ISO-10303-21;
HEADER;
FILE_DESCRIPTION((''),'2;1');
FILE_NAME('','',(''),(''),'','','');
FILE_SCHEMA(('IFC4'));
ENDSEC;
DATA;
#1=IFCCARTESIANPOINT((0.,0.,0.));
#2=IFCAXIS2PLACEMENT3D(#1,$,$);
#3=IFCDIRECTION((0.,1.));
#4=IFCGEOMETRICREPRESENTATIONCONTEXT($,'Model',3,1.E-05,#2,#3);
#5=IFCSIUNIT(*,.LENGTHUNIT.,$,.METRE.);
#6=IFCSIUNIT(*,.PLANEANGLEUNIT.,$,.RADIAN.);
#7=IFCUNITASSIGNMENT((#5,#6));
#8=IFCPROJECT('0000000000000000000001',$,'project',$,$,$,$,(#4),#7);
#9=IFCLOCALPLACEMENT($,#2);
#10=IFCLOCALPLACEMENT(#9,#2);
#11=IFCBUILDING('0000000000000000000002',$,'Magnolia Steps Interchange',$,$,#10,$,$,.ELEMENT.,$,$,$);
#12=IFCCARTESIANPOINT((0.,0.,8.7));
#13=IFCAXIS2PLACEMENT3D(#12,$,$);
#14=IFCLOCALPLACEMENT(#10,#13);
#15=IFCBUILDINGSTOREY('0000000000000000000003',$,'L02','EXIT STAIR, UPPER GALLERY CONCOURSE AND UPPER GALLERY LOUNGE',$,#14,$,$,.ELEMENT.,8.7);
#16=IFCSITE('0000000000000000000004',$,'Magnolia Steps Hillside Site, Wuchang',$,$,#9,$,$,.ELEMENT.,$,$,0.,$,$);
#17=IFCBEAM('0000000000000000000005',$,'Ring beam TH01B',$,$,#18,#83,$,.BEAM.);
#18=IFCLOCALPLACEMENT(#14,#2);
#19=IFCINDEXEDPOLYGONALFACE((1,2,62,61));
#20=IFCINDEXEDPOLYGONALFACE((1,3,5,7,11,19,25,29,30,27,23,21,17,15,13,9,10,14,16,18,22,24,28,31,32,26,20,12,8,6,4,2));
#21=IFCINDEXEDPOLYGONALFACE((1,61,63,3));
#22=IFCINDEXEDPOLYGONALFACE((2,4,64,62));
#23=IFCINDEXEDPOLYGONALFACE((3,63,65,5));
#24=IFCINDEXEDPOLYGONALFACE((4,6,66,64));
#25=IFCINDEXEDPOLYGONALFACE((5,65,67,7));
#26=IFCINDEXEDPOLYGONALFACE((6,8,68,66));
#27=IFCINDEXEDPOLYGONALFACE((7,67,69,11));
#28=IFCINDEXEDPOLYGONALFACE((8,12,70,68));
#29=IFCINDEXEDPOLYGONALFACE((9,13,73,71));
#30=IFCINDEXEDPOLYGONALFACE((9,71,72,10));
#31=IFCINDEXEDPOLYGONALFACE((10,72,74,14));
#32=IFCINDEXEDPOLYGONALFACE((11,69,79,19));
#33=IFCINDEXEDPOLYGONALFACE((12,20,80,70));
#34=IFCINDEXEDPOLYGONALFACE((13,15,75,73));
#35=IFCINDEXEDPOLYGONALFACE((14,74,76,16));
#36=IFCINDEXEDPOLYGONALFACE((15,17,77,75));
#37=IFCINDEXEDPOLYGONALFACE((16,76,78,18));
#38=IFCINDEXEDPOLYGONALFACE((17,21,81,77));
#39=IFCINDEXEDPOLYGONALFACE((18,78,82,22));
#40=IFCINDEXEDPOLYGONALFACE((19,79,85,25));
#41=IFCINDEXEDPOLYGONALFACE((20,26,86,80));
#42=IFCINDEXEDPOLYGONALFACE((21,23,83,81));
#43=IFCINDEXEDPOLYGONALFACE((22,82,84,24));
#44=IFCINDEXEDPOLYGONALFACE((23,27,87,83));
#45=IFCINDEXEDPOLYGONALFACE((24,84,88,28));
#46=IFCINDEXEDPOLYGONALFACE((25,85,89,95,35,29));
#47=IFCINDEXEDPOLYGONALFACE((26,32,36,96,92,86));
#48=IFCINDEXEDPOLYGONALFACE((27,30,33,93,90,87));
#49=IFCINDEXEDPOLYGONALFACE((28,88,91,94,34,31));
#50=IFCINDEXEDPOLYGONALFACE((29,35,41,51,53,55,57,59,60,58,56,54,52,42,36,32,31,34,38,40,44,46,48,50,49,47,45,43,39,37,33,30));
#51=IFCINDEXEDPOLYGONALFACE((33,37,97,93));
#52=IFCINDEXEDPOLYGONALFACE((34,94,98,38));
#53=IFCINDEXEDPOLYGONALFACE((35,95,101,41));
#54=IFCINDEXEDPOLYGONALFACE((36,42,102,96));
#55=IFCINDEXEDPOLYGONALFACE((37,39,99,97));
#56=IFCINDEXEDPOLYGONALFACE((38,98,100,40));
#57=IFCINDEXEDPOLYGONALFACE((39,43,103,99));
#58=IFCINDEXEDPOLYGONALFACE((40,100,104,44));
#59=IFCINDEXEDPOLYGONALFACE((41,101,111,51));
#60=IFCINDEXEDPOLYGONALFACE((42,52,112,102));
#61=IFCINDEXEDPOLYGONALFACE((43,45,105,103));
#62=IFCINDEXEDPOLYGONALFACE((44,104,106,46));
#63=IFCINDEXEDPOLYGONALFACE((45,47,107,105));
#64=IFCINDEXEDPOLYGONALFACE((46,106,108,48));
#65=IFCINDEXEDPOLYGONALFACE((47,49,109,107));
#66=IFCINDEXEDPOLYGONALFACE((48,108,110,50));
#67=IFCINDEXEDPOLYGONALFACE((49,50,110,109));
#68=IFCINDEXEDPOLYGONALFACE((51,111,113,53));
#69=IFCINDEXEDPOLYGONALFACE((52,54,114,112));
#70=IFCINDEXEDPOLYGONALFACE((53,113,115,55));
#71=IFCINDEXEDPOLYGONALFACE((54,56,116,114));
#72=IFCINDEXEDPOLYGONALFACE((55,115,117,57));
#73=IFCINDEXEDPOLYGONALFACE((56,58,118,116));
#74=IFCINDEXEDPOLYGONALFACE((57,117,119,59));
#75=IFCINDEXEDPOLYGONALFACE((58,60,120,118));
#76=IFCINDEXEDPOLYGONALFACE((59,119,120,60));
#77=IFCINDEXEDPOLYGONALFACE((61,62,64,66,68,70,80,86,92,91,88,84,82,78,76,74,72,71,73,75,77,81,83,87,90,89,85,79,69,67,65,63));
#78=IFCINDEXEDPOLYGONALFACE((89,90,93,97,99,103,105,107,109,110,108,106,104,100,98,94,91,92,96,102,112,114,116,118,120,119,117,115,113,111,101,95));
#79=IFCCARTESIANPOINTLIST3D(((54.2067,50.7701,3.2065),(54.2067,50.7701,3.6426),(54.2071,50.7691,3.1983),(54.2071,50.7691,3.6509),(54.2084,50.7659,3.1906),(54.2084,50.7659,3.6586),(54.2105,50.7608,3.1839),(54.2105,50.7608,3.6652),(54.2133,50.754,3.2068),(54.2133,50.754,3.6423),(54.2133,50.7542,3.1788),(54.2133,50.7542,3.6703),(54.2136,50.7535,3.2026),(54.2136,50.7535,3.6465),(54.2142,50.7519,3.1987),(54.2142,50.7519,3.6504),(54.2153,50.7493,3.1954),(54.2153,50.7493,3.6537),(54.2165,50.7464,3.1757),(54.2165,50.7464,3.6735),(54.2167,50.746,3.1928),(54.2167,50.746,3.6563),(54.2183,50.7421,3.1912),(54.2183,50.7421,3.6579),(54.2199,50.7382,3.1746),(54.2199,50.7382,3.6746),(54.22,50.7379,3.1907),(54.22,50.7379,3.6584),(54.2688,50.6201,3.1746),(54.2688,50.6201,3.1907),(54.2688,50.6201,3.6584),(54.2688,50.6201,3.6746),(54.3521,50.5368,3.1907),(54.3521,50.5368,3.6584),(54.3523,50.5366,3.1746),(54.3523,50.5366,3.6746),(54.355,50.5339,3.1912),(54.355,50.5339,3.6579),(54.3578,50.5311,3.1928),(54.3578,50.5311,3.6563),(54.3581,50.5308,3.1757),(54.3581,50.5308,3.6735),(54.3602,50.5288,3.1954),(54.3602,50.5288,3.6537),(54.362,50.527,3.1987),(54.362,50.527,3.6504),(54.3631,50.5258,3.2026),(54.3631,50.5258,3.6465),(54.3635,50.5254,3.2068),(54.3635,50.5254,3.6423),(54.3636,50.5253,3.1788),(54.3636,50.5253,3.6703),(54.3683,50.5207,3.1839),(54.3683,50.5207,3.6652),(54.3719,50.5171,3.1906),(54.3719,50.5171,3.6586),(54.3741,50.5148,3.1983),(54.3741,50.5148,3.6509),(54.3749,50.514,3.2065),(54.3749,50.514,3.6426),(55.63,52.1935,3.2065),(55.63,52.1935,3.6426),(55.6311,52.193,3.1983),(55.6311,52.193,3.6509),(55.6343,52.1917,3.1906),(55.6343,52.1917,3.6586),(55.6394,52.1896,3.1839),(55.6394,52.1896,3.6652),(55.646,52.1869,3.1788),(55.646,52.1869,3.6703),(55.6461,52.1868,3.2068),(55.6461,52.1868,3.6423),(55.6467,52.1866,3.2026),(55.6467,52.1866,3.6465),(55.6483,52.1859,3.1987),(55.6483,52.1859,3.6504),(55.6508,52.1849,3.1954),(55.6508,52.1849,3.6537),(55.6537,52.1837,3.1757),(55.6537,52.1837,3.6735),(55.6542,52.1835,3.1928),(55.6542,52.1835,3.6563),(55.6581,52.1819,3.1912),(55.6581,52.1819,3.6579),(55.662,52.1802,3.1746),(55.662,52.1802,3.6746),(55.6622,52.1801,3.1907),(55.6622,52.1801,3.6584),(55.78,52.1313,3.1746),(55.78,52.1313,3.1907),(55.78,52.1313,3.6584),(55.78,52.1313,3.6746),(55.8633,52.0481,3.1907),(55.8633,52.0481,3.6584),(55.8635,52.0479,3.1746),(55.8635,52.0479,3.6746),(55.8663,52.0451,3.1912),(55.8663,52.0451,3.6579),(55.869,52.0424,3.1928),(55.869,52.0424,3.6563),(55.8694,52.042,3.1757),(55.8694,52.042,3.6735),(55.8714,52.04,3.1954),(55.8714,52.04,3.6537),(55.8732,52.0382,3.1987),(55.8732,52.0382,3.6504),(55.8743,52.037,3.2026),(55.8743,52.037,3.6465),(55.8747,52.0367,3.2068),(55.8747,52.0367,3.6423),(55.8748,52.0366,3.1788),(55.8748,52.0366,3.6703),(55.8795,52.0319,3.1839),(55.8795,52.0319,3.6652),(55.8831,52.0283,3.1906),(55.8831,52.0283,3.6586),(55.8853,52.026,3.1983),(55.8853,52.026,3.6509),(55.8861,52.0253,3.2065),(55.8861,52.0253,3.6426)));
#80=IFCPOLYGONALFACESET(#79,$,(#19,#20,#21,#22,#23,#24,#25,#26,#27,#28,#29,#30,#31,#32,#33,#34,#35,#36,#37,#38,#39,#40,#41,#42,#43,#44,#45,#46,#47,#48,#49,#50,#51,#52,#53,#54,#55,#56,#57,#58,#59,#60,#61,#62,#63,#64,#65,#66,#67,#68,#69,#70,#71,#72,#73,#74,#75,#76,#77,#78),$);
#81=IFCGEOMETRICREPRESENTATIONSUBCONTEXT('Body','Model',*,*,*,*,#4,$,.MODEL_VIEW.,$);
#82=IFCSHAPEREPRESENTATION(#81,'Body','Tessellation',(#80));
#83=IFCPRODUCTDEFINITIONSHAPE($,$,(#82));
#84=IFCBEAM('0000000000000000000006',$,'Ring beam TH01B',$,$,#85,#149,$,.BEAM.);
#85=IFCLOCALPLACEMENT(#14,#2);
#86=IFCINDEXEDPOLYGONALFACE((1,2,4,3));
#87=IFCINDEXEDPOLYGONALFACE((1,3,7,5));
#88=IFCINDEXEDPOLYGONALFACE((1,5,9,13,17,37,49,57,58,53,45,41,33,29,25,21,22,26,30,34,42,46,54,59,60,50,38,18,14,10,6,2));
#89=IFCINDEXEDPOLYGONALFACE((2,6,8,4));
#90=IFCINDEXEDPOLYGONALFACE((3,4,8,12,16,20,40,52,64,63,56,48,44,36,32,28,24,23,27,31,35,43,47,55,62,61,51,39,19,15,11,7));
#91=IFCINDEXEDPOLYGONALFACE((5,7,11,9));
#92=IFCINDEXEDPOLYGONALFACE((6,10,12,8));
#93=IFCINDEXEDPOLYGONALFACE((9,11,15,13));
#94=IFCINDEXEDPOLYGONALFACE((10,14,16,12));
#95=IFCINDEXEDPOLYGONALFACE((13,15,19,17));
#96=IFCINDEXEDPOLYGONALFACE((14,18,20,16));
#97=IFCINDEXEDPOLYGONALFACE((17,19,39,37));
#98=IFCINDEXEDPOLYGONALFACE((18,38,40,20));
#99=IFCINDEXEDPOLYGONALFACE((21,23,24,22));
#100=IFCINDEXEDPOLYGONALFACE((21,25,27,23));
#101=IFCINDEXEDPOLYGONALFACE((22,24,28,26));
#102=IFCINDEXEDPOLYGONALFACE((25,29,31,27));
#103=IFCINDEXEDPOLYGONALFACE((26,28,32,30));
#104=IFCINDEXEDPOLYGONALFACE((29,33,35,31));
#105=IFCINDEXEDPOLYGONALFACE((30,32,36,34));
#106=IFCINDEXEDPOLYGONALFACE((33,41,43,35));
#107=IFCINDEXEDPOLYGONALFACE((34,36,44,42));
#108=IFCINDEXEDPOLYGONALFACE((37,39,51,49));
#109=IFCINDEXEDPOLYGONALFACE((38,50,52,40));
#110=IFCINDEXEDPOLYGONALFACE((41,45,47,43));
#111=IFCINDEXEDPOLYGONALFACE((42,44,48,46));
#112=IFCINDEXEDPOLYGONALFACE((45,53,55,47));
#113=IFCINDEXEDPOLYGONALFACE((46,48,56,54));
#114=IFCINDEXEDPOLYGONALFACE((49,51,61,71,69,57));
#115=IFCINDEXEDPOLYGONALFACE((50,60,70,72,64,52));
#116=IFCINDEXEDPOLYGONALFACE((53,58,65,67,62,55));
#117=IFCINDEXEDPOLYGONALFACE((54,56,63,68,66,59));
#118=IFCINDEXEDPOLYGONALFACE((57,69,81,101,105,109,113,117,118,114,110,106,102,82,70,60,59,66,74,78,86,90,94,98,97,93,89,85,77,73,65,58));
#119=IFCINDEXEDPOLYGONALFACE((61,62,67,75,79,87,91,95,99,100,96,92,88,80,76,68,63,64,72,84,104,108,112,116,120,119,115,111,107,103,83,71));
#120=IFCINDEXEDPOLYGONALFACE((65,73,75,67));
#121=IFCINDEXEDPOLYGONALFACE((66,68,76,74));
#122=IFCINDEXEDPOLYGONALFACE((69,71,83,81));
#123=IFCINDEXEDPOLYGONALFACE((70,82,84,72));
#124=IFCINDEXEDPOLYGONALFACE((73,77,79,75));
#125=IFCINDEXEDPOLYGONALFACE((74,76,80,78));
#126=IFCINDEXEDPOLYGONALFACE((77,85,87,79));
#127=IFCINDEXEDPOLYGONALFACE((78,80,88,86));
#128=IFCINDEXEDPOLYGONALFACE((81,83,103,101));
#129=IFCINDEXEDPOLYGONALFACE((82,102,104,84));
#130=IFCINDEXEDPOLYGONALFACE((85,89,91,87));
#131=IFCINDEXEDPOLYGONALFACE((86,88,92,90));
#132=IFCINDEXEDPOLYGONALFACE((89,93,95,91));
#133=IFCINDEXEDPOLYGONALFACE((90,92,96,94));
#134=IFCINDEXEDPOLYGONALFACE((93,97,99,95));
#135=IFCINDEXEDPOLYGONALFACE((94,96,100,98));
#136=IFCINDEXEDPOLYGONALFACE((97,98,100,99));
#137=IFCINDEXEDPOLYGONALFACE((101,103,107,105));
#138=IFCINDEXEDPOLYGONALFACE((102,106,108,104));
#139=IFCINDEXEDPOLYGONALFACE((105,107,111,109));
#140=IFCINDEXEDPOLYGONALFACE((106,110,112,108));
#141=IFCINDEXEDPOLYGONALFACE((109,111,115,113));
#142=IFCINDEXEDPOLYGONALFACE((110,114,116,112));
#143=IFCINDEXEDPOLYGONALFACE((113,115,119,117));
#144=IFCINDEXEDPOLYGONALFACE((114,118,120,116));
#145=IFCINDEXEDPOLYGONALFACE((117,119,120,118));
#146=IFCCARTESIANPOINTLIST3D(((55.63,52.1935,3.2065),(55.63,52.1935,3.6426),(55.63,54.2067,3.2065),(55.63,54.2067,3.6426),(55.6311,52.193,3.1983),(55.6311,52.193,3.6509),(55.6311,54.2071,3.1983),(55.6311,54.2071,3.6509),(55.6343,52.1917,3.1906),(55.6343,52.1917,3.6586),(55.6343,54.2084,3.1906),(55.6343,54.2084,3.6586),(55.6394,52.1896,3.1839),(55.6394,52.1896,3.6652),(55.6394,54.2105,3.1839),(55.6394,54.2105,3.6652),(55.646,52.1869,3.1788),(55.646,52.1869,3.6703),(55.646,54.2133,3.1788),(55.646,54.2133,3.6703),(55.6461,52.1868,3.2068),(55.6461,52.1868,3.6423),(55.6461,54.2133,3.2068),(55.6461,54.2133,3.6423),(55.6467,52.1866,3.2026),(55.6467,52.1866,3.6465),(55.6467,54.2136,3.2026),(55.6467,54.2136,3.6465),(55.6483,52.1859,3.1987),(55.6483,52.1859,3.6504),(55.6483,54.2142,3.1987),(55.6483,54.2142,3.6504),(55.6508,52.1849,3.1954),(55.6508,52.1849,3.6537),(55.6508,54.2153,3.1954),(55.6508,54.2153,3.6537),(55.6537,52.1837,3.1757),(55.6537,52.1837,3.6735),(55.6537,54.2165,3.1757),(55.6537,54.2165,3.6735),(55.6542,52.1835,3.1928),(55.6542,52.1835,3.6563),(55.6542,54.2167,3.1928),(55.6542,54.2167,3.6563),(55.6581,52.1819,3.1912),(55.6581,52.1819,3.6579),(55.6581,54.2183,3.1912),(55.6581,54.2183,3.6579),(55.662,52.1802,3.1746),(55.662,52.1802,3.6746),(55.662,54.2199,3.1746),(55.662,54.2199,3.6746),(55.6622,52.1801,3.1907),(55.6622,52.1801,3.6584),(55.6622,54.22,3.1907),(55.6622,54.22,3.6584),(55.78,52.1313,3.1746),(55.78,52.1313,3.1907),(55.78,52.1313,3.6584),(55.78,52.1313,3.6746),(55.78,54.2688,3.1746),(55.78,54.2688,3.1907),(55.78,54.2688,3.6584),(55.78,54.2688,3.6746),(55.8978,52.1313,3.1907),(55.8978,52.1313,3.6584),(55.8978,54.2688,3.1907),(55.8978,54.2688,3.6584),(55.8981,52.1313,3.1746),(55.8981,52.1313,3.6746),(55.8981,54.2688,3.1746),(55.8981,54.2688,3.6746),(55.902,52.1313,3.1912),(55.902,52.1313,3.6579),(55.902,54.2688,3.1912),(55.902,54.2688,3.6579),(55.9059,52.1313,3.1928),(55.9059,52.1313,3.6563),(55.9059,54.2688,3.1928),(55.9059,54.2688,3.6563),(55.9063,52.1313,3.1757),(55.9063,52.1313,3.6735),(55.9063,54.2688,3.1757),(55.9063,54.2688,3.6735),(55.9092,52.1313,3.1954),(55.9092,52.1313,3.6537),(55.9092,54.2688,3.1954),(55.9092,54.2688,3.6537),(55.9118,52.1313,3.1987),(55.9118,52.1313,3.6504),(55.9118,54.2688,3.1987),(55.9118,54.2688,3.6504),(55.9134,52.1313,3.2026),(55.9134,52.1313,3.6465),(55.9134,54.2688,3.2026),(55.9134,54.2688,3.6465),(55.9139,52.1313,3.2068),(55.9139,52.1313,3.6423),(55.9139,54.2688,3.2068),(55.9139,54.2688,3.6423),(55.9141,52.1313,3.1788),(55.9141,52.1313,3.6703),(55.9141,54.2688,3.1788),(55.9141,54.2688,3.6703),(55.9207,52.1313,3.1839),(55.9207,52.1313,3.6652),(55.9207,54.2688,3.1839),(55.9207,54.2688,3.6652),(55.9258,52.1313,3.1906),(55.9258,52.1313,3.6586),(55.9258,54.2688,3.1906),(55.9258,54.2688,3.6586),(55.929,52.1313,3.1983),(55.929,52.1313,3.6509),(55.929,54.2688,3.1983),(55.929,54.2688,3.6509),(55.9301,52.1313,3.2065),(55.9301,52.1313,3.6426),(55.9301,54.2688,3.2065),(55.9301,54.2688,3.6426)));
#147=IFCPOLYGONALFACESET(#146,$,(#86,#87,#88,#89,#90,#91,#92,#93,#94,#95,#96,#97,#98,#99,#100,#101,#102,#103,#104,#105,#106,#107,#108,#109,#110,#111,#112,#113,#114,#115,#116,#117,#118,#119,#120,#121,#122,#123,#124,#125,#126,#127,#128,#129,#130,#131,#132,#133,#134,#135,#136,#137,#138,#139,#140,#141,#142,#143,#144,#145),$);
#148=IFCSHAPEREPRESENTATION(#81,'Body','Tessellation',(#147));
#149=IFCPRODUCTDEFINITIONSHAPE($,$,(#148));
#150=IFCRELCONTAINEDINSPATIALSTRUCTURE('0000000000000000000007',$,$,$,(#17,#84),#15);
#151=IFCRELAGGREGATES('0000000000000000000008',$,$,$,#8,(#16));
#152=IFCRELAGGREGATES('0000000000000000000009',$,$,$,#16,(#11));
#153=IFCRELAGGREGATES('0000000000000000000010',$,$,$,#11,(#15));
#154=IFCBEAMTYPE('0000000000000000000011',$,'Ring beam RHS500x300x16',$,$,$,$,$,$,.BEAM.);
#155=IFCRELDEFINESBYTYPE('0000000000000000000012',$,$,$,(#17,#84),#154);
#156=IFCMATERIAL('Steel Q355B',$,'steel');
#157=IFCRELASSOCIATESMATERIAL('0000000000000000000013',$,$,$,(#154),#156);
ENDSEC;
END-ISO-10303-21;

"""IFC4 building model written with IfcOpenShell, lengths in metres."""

from ifc_helpers import new_model, si_unit, direction, frame, origin, origin_2d, place, context, subcontext, project, spatial, hollow_rectangle, extrude, clip, halfspace, material, material_profile, profile_set, type_object, element, save


model = new_model("IFC4")

# Units and contexts
model_context = context("Model", 3, precision=1e-05, world=origin(), true_north=direction((0.0, 1.0)))
body_context = subcontext(model_context, "Body", "Model", "MODEL_VIEW")
ifc_project = project(units=[si_unit("LENGTHUNIT", "METRE"), si_unit("PLANEANGLEUNIT", "RADIAN")], contexts=[model_context])

# Site, building, storey
site_placement = place(None, origin())
site = spatial("IfcSite", under=ifc_project, at=site_placement, Name="Magnolia Steps Hillside Site, Wuchang", CompositionType="ELEMENT", RefElevation=0.0)
building_placement = place(site_placement, origin())
building = spatial("IfcBuilding", under=site, at=building_placement, Name="Magnolia Steps Interchange", CompositionType="ELEMENT")
storey_placement = place(building_placement, frame((0.0, 0.0, 8.7)))
storey = spatial("IfcBuildingStorey", under=building, at=storey_placement, Name="L02", Description="EXIT STAIR, UPPER GALLERY CONCOURSE AND UPPER GALLERY LOUNGE", CompositionType="ELEMENT", Elevation=8.7)

# Beams
ifc_material_1 = material(Name="Steel Q355B", Category="steel")
ifc_material_profile_1 = material_profile(ifc_material_1, hollow_rectangle(XDim=0.3, YDim=0.5, WallThickness=0.0161, InnerFilletRadius=0.0161, OuterFilletRadius=0.032, at=origin_2d()), Name="RHS500x300x16")
ifc_profile_set_1 = profile_set([ifc_material_profile_1], Name="Steel Q355B")
beam_type = type_object("IfcBeamType", Name="Ring beam RHS500x300x16", PredefinedType="BEAM", material=ifc_profile_set_1)
beam_1_placement = place(storey_placement, frame((54.2688, 50.6201, 3.4246), z_axis=(0.707107, 0.707107, 0.0), x_axis=(-0.707107, 0.707107, 0.0)))
element("IfcBeam", 1, at=beam_1_placement, inside=storey, type_object=beam_type, Name="Ring beam TH01B", PredefinedType="BEAM", context=body_context, shape_type="Clipping", body=[
    clip(clip(extrude(hollow_rectangle(XDim=0.3, YDim=0.5, WallThickness=0.0161, InnerFilletRadius=0.0161, OuterFilletRadius=0.032, at=origin_2d()), origin(), (0.0, 0.0, 1.0), 2.1372), halfspace(frame((0.0, 0.0, 0.0), z_axis=(0.382683, 0.0, -0.92388), x_axis=(0.92388, 0.0, 0.382683)), False)), halfspace(frame((0.0, 0.0, 2.1372), z_axis=(0.382683, 0.0, 0.92388), x_axis=(0.92388, 0.0, -0.382683)), False)),
])
beam_2_placement = place(storey_placement, frame((55.78, 52.1313, 3.4246), z_axis=(0.0, 1.0, 0.0), x_axis=(-1.0, 0.0, 0.0)))
element("IfcBeam", 2, at=beam_2_placement, inside=storey, type_object=beam_type, Name="Ring beam TH01B", PredefinedType="BEAM", context=body_context, shape_type="Clipping", body=[
    clip(clip(extrude(hollow_rectangle(XDim=0.3, YDim=0.5, WallThickness=0.0161, InnerFilletRadius=0.0161, OuterFilletRadius=0.032, at=origin_2d()), origin(), (0.0, 0.0, 1.0), 2.1375), halfspace(frame((0.0, 0.0, 0.0), z_axis=(0.382683, 0.0, -0.92388), x_axis=(0.92388, 0.0, 0.382683)), False)), halfspace(frame((0.0, 0.0, 2.1375), z_axis=(0.382683, 0.0, 0.92388), x_axis=(0.92388, 0.0, -0.382683)), False)),
])

save(model, "model.ifc")
